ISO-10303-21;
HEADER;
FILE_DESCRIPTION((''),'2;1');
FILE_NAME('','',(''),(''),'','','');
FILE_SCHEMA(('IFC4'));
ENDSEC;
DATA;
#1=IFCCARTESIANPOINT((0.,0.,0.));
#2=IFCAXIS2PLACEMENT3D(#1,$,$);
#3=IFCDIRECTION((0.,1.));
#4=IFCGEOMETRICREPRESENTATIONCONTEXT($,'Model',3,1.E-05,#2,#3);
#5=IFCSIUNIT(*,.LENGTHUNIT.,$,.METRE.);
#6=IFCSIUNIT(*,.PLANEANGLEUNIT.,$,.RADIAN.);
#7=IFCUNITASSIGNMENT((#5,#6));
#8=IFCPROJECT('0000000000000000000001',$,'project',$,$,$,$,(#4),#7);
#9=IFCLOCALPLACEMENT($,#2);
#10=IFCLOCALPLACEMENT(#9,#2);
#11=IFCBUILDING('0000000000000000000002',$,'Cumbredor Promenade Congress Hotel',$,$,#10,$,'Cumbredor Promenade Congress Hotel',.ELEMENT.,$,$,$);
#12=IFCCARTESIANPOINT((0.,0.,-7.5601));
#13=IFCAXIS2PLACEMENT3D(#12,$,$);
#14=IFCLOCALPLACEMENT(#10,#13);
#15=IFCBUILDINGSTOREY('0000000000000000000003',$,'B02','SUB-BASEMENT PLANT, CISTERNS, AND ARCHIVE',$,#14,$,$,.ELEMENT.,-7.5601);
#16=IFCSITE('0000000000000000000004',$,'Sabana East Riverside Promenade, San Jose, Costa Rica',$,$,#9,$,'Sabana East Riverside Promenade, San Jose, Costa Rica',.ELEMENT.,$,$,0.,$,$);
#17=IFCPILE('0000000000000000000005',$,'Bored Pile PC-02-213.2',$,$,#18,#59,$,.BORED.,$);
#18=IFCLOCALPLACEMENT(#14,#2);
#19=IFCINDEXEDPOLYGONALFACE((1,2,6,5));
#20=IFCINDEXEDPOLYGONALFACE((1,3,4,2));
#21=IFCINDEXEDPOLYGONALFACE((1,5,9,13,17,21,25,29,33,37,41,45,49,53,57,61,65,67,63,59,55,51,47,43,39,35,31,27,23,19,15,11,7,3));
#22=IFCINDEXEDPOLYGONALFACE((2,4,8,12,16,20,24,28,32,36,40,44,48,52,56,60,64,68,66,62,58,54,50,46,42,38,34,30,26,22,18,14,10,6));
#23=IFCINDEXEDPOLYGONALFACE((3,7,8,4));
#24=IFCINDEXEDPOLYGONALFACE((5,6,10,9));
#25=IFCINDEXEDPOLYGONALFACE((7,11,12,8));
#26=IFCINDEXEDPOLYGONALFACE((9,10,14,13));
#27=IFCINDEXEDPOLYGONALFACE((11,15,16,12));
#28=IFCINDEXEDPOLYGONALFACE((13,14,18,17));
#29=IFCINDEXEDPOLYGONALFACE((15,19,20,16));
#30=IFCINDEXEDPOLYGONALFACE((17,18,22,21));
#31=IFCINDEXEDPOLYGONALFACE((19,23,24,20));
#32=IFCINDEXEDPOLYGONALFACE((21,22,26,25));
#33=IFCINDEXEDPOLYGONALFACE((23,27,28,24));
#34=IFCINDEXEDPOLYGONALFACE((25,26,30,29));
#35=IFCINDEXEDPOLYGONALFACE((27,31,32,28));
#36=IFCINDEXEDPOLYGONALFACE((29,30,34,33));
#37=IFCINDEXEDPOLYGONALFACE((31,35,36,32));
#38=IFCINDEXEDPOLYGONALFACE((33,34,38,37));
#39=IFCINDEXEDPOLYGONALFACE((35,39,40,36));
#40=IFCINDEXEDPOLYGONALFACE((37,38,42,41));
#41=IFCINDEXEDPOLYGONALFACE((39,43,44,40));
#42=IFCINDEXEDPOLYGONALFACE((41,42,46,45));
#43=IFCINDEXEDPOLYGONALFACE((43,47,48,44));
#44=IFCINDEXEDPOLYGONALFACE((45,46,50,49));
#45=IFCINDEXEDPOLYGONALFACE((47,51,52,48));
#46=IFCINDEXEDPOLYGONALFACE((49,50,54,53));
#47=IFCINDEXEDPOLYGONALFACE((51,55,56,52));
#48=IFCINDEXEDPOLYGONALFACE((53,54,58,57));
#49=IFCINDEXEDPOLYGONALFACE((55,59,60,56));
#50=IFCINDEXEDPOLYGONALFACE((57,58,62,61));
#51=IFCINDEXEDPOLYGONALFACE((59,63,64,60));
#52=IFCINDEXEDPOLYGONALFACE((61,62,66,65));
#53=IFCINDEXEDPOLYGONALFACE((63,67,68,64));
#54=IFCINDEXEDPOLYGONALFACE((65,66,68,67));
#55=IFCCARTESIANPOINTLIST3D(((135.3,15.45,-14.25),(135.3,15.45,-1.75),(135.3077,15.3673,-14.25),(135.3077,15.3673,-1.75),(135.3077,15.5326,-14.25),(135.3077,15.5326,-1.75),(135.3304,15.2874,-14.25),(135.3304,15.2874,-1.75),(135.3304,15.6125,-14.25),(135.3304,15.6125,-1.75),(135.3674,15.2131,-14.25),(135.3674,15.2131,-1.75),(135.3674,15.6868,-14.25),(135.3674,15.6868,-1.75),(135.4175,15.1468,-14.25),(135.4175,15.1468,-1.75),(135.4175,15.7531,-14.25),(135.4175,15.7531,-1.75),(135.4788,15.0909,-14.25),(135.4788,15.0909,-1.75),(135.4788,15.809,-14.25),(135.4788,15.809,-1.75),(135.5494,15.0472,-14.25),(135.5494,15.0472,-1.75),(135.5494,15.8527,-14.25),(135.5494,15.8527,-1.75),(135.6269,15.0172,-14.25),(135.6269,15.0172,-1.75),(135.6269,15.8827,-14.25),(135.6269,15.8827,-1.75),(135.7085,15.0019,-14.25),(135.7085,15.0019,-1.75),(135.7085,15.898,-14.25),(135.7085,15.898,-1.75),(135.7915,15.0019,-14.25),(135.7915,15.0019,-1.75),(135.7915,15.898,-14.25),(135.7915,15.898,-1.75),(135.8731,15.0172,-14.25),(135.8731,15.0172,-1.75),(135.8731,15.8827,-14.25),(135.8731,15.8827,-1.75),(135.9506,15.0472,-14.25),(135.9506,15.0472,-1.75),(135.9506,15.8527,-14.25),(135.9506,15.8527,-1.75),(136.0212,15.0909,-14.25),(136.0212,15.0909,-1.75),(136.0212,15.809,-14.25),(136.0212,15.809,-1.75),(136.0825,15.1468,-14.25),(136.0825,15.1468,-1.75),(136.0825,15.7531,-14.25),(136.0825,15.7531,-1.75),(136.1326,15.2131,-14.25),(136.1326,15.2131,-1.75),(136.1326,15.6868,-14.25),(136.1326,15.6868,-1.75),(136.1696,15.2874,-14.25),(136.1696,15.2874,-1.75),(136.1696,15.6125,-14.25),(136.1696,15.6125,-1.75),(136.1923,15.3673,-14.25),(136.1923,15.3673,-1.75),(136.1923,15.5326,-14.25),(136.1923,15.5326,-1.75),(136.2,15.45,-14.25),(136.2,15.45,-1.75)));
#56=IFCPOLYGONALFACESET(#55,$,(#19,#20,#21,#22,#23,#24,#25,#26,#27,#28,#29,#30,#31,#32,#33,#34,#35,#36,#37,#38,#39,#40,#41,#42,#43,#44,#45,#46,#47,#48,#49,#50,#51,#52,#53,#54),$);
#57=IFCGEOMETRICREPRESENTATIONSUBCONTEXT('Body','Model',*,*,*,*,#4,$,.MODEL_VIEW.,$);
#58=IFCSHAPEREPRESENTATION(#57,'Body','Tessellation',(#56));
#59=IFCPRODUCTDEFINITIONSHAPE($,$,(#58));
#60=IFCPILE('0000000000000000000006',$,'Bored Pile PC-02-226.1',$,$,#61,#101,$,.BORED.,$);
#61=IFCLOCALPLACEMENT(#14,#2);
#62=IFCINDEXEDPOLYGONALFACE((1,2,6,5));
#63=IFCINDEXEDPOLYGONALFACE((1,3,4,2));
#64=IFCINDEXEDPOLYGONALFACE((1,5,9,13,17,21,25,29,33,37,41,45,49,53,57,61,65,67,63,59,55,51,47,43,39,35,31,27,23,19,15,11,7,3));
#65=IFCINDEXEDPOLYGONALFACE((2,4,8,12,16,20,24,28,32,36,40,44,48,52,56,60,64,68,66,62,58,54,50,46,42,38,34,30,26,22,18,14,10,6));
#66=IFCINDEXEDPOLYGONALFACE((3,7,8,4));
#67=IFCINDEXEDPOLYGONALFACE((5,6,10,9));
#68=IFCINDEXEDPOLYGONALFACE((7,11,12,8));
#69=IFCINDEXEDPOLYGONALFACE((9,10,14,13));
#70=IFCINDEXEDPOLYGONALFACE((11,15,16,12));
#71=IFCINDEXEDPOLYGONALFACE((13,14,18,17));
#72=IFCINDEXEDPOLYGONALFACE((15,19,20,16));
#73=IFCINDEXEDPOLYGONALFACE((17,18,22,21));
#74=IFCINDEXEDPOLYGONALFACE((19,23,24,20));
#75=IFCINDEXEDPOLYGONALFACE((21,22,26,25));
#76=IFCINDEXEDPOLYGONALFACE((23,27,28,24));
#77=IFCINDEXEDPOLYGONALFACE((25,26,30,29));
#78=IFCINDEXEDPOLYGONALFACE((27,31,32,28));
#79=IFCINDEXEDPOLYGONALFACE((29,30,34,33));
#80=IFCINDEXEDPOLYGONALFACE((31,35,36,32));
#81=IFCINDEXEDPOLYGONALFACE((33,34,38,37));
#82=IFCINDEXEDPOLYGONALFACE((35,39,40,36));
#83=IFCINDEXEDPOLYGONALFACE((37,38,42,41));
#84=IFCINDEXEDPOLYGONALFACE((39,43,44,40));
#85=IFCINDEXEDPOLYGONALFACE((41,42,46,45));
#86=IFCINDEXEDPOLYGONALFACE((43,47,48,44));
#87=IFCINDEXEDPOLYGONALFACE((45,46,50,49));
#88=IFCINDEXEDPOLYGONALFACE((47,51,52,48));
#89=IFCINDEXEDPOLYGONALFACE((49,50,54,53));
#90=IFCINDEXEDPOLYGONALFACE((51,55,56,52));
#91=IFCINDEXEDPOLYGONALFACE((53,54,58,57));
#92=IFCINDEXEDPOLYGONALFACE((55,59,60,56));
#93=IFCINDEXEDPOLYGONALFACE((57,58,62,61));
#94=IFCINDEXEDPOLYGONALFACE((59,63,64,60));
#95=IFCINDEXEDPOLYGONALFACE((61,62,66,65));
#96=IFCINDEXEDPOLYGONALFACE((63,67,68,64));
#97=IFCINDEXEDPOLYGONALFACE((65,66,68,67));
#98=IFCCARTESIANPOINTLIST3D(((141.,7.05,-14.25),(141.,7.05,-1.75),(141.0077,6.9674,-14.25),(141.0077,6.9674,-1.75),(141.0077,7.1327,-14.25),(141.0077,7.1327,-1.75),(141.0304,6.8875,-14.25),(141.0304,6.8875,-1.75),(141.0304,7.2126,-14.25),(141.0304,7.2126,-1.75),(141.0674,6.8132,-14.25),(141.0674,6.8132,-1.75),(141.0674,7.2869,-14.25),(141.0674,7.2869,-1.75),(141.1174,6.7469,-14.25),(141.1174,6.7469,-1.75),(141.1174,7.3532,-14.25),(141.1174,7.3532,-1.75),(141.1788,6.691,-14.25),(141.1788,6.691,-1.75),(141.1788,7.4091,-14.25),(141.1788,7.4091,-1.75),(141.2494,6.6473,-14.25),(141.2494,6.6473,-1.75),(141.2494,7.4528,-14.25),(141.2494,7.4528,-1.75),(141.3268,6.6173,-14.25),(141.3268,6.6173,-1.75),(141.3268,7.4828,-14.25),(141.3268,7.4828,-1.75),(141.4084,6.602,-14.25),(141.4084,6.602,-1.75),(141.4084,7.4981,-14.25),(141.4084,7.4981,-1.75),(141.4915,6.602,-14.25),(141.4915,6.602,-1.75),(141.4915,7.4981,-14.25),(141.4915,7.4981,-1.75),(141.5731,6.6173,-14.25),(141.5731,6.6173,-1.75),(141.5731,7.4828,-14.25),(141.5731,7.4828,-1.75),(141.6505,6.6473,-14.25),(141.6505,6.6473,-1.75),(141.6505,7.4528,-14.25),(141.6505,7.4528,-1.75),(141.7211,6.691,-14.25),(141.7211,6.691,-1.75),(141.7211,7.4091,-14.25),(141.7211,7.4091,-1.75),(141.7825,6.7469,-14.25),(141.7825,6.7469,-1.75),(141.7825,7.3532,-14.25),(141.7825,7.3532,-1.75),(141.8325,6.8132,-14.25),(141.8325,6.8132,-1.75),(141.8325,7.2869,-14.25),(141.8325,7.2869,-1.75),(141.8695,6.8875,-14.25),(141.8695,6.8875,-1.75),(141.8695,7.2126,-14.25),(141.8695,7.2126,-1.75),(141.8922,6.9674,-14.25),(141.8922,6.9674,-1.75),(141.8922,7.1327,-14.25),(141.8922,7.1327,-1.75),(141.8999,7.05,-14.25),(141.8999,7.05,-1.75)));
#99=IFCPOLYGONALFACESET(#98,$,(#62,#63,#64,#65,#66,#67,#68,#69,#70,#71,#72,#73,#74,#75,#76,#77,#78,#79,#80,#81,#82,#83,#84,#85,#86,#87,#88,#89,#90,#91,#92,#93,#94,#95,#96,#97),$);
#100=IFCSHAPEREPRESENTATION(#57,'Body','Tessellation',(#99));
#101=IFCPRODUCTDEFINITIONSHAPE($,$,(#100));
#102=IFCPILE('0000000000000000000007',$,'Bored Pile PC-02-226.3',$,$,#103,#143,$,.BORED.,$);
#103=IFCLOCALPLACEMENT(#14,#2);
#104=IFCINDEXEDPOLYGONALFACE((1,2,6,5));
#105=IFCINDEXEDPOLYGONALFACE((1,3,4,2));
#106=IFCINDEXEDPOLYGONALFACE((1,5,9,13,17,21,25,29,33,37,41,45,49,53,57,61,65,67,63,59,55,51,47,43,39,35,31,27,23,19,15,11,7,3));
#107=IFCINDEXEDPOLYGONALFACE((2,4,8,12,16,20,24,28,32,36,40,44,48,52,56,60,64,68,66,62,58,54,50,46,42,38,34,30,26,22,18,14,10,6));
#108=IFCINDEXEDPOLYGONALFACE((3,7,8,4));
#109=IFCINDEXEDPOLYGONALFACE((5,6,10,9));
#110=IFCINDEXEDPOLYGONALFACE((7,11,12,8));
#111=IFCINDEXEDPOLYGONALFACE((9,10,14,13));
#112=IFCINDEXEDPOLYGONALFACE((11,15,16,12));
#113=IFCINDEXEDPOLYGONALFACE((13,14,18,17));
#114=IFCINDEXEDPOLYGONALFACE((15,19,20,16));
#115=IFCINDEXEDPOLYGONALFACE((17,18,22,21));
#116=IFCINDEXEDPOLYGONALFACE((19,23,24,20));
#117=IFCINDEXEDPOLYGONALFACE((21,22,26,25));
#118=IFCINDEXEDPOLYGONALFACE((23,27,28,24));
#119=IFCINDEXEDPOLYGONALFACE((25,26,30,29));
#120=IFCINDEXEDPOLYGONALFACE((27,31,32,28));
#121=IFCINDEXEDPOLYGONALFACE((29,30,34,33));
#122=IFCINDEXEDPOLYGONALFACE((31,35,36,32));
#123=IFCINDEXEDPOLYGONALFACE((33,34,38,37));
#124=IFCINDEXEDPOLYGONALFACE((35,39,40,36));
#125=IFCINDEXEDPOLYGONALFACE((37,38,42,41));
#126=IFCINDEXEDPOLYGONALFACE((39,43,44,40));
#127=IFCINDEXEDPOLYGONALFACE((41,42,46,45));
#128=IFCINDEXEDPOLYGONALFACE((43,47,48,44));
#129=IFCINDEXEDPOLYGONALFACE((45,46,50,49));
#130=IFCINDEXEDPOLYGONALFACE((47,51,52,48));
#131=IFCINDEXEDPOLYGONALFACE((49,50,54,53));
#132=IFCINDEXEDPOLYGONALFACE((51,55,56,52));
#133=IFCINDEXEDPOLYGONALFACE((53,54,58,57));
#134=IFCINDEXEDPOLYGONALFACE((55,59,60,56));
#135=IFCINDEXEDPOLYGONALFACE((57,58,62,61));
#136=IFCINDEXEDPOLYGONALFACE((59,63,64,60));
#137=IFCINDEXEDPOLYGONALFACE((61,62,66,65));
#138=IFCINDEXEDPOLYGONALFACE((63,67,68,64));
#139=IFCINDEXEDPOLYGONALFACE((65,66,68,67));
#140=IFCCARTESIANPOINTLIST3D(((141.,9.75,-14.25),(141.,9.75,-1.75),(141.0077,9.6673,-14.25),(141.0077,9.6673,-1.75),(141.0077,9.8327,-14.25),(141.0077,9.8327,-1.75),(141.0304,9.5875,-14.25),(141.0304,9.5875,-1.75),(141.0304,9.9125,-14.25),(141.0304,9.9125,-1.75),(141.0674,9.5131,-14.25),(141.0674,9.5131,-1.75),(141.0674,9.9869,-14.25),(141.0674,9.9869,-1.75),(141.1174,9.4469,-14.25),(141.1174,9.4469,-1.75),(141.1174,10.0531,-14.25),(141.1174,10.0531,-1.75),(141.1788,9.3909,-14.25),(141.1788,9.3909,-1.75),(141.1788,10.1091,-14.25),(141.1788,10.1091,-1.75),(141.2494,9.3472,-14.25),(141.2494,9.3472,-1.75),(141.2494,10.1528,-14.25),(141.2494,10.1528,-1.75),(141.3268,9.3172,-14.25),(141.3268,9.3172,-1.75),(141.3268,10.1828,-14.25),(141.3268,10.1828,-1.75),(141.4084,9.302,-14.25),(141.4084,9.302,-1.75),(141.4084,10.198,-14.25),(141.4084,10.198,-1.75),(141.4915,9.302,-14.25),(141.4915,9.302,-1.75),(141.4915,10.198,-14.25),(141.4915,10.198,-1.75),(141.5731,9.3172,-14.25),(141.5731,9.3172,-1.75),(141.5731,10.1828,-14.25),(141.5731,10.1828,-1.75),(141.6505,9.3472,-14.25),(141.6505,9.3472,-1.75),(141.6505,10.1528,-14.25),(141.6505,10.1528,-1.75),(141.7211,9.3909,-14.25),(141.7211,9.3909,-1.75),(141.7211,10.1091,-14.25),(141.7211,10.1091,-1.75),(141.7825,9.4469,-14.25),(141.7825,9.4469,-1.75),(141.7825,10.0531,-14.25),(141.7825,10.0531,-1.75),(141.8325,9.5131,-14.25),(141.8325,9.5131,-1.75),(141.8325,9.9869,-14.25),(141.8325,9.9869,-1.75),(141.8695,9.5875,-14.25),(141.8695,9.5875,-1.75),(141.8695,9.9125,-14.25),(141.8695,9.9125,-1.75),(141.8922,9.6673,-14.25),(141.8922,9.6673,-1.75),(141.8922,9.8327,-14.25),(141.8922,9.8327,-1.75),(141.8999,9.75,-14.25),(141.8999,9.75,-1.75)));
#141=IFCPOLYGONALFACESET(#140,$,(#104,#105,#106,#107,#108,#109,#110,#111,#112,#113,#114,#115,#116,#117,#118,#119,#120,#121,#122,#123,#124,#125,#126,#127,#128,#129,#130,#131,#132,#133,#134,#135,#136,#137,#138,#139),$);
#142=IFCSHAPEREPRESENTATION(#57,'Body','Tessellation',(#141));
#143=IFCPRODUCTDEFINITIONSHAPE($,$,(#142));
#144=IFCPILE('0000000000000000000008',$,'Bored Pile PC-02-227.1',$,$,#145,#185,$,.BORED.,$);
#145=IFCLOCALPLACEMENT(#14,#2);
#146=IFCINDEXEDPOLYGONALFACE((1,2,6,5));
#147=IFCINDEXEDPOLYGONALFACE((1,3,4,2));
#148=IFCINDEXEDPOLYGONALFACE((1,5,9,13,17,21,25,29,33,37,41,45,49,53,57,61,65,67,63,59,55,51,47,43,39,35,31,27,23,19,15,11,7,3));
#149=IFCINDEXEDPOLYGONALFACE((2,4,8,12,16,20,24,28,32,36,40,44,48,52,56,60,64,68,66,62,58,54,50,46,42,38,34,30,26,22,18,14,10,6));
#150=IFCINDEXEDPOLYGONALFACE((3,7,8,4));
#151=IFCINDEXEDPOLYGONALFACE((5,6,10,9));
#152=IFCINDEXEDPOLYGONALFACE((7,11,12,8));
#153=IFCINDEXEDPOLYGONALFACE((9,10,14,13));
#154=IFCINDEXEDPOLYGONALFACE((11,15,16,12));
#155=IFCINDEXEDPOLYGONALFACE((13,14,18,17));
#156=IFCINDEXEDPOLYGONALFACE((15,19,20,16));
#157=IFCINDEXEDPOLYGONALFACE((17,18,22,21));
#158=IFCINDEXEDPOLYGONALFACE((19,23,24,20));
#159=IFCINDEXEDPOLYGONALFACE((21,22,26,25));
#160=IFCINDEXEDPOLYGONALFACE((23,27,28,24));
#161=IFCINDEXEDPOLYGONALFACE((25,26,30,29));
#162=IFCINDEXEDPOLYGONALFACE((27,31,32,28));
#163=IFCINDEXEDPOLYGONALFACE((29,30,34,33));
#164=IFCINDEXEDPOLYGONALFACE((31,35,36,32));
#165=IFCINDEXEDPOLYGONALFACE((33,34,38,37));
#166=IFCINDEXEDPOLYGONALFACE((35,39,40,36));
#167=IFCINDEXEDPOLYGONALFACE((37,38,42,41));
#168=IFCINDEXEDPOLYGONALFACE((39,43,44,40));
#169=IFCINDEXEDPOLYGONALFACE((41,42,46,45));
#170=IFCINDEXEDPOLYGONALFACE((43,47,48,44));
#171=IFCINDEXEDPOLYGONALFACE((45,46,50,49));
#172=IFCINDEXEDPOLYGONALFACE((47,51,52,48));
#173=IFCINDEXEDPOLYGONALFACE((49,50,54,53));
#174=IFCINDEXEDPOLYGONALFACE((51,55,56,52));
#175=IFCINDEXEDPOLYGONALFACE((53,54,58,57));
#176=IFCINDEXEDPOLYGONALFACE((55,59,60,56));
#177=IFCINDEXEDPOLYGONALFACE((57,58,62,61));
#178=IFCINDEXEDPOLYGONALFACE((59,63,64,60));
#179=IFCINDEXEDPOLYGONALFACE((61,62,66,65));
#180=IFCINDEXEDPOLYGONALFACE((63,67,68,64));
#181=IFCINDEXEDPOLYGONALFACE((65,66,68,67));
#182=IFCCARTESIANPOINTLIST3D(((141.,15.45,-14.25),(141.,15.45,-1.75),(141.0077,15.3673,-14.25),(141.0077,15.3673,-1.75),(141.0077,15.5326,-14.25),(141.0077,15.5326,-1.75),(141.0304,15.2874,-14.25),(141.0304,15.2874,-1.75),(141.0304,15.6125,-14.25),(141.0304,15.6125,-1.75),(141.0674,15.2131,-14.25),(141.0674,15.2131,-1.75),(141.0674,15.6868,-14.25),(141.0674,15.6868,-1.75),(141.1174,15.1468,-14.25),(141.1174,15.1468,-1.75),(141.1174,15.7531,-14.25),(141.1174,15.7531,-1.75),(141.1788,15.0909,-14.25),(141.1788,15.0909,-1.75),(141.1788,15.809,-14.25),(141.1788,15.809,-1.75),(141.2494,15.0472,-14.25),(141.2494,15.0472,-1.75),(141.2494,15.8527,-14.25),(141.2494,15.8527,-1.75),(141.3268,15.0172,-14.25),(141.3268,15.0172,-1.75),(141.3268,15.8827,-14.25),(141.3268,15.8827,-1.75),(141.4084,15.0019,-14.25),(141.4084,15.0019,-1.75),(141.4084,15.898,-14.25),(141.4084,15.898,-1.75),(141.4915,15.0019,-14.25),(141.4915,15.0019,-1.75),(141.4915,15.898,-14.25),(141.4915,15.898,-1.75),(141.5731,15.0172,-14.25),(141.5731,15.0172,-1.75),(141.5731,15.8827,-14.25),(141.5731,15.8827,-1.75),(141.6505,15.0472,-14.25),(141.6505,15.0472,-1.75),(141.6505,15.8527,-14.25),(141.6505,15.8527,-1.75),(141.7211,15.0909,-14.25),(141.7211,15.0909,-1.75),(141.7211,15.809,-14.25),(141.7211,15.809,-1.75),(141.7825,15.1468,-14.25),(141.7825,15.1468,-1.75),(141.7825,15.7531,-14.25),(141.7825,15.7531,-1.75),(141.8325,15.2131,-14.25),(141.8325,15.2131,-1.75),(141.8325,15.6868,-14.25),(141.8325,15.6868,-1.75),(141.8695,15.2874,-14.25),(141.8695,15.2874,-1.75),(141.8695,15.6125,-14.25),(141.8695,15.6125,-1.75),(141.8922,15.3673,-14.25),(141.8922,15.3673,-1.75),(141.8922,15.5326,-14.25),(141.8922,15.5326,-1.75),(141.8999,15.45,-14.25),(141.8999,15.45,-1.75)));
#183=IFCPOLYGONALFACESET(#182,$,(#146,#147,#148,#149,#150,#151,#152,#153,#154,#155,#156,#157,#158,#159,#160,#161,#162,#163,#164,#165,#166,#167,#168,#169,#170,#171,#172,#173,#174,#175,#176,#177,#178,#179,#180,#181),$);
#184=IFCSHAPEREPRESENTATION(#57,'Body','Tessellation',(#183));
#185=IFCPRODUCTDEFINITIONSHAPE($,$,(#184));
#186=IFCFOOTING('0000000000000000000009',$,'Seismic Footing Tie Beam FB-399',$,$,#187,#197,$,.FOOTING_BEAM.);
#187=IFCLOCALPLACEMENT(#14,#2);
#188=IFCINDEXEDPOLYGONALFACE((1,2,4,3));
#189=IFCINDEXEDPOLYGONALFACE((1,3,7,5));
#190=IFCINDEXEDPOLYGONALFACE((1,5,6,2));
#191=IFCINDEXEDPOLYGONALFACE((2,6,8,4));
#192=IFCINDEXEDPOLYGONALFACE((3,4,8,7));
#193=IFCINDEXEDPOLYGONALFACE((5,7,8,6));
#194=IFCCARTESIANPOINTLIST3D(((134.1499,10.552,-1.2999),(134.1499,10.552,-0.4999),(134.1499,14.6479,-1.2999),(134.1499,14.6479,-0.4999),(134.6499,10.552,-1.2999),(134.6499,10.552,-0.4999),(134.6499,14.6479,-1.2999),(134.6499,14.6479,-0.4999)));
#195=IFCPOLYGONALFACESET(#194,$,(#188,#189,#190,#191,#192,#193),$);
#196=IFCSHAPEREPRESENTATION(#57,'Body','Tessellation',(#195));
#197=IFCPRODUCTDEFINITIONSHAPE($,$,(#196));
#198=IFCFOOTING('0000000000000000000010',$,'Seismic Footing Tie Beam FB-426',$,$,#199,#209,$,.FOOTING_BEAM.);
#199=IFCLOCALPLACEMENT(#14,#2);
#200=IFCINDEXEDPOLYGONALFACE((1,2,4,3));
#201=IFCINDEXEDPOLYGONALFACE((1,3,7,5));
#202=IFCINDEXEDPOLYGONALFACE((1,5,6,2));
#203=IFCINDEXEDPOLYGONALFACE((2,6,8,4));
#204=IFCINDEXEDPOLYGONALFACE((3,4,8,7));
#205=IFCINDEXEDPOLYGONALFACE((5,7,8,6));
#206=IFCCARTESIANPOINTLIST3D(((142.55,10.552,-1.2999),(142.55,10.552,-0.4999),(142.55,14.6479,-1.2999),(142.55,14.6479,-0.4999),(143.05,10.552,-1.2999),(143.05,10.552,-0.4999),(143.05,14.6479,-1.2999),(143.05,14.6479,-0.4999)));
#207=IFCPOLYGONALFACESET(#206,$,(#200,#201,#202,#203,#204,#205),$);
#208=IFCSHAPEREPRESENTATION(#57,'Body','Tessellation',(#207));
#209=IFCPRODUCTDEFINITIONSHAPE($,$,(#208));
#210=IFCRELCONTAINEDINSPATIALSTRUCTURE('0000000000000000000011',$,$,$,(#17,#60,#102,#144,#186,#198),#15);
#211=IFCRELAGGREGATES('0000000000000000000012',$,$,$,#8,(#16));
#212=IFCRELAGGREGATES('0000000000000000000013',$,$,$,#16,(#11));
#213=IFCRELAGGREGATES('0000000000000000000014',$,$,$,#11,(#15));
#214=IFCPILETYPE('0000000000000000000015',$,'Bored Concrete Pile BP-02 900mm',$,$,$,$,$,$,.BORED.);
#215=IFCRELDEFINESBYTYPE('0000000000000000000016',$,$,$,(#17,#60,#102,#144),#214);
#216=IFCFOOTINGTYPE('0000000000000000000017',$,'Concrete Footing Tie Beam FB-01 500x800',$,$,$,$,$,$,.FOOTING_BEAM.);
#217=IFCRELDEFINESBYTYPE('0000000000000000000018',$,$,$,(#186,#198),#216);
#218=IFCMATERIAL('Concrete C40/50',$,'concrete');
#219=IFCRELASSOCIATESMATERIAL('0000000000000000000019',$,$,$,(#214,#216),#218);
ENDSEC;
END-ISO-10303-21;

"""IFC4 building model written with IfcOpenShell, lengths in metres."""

from ifc_helpers import new_model, si_unit, direction, frame, origin, origin_2d, place, context, subcontext, project, spatial, rectangle, circle, extrude, material, material_profile, profile_set, type_object, element, save


model = new_model("IFC4")

# Units and contexts
model_context = context("Model", 3, precision=1e-05, world=origin(), true_north=direction((0.0, 1.0)))
body_context = subcontext(model_context, "Body", "Model", "MODEL_VIEW")
ifc_project = project(units=[si_unit("LENGTHUNIT", "METRE"), si_unit("PLANEANGLEUNIT", "RADIAN")], contexts=[model_context])

# Site, building, storey
site_placement = place(None, origin())
site = spatial("IfcSite", under=ifc_project, at=site_placement, Name="Sabana East Riverside Promenade, San Jose, Costa Rica", LongName="Sabana East Riverside Promenade, San Jose, Costa Rica", CompositionType="ELEMENT", RefElevation=0.0)
building_placement = place(site_placement, origin())
building = spatial("IfcBuilding", under=site, at=building_placement, Name="Cumbredor Promenade Congress Hotel", LongName="Cumbredor Promenade Congress Hotel", CompositionType="ELEMENT")
storey_placement = place(building_placement, frame((0.0, 0.0, -7.5601)))
storey = spatial("IfcBuildingStorey", under=building, at=storey_placement, Name="B02", Description="SUB-BASEMENT PLANT, CISTERNS, AND ARCHIVE", CompositionType="ELEMENT", Elevation=-7.5601)

# Piles
ifc_material_1 = material(Name="Concrete C40/50", Category="concrete")
ifc_material_profile_1 = material_profile(ifc_material_1, circle(Radius=0.45, at=origin_2d()), Name="PILE D900")
ifc_profile_set_1 = profile_set([ifc_material_profile_1], Name="Concrete C40/50")
pile_type = type_object("IfcPileType", Name="Bored Concrete Pile BP-02 900mm", PredefinedType="BORED", material=ifc_profile_set_1)
for number, where, z_axis, x_axis, name in (
    (1, (135.75, 15.45, -1.75), (0.0, 0.0, -1.0), (1.0, 0.0, 0.0), "Bored Pile PC-02-213.2"),
    (2, (141.45, 7.05, -1.75), (0.0, 0.0, -1.0), (1.0, 0.0, 0.0), "Bored Pile PC-02-226.1"),
    (3, (141.45, 9.75, -1.75), (0.0, 0.0, -1.0), (1.0, 0.0, 0.0), "Bored Pile PC-02-226.3"),
    (4, (141.45, 15.45, -1.75), (0.0, 0.0, -1.0), (1.0, 0.0, 0.0), "Bored Pile PC-02-227.1"),
):
    element("IfcPile", number, at=place(storey_placement, frame(where, z_axis=z_axis, x_axis=x_axis)), inside=storey, type_object=pile_type, Name=name, PredefinedType="BORED", context=body_context, shape_type="SweptSolid", body=[
        extrude(circle(Radius=0.45, at=origin_2d()), origin(), (0.0, 0.0, 1.0), 12.5),
    ])

# Footings
ifc_material_profile_2 = material_profile(ifc_material_1, rectangle(XDim=0.5, YDim=0.8, at=origin_2d()), Name="FB 500x800")
ifc_profile_set_2 = profile_set([ifc_material_profile_2], Name="Concrete C40/50")
footing_type_1 = type_object("IfcFootingType", Name="Concrete Footing Tie Beam FB-01 500x800", PredefinedType="FOOTING_BEAM", material=ifc_profile_set_2)
for number, where, z_axis, x_axis, name in (
    (5, (134.3999, 10.552, -0.8999), (0.0, 1.0, 0.0), (-1.0, 0.0, 0.0), "Seismic Footing Tie Beam FB-399"),
    (6, (142.8, 10.552, -0.8999), (0.0, 1.0, 0.0), (-1.0, 0.0, 0.0), "Seismic Footing Tie Beam FB-426"),
):
    element("IfcFooting", number, at=place(storey_placement, frame(where, z_axis=z_axis, x_axis=x_axis)), inside=storey, type_object=footing_type_1, Name=name, PredefinedType="FOOTING_BEAM", context=body_context, shape_type="SweptSolid", body=[
        extrude(rectangle(XDim=0.5, YDim=0.8, at=origin_2d()), origin(), (0.0, 0.0, 1.0), 4.0959),
    ])

save(model, "model.ifc")
